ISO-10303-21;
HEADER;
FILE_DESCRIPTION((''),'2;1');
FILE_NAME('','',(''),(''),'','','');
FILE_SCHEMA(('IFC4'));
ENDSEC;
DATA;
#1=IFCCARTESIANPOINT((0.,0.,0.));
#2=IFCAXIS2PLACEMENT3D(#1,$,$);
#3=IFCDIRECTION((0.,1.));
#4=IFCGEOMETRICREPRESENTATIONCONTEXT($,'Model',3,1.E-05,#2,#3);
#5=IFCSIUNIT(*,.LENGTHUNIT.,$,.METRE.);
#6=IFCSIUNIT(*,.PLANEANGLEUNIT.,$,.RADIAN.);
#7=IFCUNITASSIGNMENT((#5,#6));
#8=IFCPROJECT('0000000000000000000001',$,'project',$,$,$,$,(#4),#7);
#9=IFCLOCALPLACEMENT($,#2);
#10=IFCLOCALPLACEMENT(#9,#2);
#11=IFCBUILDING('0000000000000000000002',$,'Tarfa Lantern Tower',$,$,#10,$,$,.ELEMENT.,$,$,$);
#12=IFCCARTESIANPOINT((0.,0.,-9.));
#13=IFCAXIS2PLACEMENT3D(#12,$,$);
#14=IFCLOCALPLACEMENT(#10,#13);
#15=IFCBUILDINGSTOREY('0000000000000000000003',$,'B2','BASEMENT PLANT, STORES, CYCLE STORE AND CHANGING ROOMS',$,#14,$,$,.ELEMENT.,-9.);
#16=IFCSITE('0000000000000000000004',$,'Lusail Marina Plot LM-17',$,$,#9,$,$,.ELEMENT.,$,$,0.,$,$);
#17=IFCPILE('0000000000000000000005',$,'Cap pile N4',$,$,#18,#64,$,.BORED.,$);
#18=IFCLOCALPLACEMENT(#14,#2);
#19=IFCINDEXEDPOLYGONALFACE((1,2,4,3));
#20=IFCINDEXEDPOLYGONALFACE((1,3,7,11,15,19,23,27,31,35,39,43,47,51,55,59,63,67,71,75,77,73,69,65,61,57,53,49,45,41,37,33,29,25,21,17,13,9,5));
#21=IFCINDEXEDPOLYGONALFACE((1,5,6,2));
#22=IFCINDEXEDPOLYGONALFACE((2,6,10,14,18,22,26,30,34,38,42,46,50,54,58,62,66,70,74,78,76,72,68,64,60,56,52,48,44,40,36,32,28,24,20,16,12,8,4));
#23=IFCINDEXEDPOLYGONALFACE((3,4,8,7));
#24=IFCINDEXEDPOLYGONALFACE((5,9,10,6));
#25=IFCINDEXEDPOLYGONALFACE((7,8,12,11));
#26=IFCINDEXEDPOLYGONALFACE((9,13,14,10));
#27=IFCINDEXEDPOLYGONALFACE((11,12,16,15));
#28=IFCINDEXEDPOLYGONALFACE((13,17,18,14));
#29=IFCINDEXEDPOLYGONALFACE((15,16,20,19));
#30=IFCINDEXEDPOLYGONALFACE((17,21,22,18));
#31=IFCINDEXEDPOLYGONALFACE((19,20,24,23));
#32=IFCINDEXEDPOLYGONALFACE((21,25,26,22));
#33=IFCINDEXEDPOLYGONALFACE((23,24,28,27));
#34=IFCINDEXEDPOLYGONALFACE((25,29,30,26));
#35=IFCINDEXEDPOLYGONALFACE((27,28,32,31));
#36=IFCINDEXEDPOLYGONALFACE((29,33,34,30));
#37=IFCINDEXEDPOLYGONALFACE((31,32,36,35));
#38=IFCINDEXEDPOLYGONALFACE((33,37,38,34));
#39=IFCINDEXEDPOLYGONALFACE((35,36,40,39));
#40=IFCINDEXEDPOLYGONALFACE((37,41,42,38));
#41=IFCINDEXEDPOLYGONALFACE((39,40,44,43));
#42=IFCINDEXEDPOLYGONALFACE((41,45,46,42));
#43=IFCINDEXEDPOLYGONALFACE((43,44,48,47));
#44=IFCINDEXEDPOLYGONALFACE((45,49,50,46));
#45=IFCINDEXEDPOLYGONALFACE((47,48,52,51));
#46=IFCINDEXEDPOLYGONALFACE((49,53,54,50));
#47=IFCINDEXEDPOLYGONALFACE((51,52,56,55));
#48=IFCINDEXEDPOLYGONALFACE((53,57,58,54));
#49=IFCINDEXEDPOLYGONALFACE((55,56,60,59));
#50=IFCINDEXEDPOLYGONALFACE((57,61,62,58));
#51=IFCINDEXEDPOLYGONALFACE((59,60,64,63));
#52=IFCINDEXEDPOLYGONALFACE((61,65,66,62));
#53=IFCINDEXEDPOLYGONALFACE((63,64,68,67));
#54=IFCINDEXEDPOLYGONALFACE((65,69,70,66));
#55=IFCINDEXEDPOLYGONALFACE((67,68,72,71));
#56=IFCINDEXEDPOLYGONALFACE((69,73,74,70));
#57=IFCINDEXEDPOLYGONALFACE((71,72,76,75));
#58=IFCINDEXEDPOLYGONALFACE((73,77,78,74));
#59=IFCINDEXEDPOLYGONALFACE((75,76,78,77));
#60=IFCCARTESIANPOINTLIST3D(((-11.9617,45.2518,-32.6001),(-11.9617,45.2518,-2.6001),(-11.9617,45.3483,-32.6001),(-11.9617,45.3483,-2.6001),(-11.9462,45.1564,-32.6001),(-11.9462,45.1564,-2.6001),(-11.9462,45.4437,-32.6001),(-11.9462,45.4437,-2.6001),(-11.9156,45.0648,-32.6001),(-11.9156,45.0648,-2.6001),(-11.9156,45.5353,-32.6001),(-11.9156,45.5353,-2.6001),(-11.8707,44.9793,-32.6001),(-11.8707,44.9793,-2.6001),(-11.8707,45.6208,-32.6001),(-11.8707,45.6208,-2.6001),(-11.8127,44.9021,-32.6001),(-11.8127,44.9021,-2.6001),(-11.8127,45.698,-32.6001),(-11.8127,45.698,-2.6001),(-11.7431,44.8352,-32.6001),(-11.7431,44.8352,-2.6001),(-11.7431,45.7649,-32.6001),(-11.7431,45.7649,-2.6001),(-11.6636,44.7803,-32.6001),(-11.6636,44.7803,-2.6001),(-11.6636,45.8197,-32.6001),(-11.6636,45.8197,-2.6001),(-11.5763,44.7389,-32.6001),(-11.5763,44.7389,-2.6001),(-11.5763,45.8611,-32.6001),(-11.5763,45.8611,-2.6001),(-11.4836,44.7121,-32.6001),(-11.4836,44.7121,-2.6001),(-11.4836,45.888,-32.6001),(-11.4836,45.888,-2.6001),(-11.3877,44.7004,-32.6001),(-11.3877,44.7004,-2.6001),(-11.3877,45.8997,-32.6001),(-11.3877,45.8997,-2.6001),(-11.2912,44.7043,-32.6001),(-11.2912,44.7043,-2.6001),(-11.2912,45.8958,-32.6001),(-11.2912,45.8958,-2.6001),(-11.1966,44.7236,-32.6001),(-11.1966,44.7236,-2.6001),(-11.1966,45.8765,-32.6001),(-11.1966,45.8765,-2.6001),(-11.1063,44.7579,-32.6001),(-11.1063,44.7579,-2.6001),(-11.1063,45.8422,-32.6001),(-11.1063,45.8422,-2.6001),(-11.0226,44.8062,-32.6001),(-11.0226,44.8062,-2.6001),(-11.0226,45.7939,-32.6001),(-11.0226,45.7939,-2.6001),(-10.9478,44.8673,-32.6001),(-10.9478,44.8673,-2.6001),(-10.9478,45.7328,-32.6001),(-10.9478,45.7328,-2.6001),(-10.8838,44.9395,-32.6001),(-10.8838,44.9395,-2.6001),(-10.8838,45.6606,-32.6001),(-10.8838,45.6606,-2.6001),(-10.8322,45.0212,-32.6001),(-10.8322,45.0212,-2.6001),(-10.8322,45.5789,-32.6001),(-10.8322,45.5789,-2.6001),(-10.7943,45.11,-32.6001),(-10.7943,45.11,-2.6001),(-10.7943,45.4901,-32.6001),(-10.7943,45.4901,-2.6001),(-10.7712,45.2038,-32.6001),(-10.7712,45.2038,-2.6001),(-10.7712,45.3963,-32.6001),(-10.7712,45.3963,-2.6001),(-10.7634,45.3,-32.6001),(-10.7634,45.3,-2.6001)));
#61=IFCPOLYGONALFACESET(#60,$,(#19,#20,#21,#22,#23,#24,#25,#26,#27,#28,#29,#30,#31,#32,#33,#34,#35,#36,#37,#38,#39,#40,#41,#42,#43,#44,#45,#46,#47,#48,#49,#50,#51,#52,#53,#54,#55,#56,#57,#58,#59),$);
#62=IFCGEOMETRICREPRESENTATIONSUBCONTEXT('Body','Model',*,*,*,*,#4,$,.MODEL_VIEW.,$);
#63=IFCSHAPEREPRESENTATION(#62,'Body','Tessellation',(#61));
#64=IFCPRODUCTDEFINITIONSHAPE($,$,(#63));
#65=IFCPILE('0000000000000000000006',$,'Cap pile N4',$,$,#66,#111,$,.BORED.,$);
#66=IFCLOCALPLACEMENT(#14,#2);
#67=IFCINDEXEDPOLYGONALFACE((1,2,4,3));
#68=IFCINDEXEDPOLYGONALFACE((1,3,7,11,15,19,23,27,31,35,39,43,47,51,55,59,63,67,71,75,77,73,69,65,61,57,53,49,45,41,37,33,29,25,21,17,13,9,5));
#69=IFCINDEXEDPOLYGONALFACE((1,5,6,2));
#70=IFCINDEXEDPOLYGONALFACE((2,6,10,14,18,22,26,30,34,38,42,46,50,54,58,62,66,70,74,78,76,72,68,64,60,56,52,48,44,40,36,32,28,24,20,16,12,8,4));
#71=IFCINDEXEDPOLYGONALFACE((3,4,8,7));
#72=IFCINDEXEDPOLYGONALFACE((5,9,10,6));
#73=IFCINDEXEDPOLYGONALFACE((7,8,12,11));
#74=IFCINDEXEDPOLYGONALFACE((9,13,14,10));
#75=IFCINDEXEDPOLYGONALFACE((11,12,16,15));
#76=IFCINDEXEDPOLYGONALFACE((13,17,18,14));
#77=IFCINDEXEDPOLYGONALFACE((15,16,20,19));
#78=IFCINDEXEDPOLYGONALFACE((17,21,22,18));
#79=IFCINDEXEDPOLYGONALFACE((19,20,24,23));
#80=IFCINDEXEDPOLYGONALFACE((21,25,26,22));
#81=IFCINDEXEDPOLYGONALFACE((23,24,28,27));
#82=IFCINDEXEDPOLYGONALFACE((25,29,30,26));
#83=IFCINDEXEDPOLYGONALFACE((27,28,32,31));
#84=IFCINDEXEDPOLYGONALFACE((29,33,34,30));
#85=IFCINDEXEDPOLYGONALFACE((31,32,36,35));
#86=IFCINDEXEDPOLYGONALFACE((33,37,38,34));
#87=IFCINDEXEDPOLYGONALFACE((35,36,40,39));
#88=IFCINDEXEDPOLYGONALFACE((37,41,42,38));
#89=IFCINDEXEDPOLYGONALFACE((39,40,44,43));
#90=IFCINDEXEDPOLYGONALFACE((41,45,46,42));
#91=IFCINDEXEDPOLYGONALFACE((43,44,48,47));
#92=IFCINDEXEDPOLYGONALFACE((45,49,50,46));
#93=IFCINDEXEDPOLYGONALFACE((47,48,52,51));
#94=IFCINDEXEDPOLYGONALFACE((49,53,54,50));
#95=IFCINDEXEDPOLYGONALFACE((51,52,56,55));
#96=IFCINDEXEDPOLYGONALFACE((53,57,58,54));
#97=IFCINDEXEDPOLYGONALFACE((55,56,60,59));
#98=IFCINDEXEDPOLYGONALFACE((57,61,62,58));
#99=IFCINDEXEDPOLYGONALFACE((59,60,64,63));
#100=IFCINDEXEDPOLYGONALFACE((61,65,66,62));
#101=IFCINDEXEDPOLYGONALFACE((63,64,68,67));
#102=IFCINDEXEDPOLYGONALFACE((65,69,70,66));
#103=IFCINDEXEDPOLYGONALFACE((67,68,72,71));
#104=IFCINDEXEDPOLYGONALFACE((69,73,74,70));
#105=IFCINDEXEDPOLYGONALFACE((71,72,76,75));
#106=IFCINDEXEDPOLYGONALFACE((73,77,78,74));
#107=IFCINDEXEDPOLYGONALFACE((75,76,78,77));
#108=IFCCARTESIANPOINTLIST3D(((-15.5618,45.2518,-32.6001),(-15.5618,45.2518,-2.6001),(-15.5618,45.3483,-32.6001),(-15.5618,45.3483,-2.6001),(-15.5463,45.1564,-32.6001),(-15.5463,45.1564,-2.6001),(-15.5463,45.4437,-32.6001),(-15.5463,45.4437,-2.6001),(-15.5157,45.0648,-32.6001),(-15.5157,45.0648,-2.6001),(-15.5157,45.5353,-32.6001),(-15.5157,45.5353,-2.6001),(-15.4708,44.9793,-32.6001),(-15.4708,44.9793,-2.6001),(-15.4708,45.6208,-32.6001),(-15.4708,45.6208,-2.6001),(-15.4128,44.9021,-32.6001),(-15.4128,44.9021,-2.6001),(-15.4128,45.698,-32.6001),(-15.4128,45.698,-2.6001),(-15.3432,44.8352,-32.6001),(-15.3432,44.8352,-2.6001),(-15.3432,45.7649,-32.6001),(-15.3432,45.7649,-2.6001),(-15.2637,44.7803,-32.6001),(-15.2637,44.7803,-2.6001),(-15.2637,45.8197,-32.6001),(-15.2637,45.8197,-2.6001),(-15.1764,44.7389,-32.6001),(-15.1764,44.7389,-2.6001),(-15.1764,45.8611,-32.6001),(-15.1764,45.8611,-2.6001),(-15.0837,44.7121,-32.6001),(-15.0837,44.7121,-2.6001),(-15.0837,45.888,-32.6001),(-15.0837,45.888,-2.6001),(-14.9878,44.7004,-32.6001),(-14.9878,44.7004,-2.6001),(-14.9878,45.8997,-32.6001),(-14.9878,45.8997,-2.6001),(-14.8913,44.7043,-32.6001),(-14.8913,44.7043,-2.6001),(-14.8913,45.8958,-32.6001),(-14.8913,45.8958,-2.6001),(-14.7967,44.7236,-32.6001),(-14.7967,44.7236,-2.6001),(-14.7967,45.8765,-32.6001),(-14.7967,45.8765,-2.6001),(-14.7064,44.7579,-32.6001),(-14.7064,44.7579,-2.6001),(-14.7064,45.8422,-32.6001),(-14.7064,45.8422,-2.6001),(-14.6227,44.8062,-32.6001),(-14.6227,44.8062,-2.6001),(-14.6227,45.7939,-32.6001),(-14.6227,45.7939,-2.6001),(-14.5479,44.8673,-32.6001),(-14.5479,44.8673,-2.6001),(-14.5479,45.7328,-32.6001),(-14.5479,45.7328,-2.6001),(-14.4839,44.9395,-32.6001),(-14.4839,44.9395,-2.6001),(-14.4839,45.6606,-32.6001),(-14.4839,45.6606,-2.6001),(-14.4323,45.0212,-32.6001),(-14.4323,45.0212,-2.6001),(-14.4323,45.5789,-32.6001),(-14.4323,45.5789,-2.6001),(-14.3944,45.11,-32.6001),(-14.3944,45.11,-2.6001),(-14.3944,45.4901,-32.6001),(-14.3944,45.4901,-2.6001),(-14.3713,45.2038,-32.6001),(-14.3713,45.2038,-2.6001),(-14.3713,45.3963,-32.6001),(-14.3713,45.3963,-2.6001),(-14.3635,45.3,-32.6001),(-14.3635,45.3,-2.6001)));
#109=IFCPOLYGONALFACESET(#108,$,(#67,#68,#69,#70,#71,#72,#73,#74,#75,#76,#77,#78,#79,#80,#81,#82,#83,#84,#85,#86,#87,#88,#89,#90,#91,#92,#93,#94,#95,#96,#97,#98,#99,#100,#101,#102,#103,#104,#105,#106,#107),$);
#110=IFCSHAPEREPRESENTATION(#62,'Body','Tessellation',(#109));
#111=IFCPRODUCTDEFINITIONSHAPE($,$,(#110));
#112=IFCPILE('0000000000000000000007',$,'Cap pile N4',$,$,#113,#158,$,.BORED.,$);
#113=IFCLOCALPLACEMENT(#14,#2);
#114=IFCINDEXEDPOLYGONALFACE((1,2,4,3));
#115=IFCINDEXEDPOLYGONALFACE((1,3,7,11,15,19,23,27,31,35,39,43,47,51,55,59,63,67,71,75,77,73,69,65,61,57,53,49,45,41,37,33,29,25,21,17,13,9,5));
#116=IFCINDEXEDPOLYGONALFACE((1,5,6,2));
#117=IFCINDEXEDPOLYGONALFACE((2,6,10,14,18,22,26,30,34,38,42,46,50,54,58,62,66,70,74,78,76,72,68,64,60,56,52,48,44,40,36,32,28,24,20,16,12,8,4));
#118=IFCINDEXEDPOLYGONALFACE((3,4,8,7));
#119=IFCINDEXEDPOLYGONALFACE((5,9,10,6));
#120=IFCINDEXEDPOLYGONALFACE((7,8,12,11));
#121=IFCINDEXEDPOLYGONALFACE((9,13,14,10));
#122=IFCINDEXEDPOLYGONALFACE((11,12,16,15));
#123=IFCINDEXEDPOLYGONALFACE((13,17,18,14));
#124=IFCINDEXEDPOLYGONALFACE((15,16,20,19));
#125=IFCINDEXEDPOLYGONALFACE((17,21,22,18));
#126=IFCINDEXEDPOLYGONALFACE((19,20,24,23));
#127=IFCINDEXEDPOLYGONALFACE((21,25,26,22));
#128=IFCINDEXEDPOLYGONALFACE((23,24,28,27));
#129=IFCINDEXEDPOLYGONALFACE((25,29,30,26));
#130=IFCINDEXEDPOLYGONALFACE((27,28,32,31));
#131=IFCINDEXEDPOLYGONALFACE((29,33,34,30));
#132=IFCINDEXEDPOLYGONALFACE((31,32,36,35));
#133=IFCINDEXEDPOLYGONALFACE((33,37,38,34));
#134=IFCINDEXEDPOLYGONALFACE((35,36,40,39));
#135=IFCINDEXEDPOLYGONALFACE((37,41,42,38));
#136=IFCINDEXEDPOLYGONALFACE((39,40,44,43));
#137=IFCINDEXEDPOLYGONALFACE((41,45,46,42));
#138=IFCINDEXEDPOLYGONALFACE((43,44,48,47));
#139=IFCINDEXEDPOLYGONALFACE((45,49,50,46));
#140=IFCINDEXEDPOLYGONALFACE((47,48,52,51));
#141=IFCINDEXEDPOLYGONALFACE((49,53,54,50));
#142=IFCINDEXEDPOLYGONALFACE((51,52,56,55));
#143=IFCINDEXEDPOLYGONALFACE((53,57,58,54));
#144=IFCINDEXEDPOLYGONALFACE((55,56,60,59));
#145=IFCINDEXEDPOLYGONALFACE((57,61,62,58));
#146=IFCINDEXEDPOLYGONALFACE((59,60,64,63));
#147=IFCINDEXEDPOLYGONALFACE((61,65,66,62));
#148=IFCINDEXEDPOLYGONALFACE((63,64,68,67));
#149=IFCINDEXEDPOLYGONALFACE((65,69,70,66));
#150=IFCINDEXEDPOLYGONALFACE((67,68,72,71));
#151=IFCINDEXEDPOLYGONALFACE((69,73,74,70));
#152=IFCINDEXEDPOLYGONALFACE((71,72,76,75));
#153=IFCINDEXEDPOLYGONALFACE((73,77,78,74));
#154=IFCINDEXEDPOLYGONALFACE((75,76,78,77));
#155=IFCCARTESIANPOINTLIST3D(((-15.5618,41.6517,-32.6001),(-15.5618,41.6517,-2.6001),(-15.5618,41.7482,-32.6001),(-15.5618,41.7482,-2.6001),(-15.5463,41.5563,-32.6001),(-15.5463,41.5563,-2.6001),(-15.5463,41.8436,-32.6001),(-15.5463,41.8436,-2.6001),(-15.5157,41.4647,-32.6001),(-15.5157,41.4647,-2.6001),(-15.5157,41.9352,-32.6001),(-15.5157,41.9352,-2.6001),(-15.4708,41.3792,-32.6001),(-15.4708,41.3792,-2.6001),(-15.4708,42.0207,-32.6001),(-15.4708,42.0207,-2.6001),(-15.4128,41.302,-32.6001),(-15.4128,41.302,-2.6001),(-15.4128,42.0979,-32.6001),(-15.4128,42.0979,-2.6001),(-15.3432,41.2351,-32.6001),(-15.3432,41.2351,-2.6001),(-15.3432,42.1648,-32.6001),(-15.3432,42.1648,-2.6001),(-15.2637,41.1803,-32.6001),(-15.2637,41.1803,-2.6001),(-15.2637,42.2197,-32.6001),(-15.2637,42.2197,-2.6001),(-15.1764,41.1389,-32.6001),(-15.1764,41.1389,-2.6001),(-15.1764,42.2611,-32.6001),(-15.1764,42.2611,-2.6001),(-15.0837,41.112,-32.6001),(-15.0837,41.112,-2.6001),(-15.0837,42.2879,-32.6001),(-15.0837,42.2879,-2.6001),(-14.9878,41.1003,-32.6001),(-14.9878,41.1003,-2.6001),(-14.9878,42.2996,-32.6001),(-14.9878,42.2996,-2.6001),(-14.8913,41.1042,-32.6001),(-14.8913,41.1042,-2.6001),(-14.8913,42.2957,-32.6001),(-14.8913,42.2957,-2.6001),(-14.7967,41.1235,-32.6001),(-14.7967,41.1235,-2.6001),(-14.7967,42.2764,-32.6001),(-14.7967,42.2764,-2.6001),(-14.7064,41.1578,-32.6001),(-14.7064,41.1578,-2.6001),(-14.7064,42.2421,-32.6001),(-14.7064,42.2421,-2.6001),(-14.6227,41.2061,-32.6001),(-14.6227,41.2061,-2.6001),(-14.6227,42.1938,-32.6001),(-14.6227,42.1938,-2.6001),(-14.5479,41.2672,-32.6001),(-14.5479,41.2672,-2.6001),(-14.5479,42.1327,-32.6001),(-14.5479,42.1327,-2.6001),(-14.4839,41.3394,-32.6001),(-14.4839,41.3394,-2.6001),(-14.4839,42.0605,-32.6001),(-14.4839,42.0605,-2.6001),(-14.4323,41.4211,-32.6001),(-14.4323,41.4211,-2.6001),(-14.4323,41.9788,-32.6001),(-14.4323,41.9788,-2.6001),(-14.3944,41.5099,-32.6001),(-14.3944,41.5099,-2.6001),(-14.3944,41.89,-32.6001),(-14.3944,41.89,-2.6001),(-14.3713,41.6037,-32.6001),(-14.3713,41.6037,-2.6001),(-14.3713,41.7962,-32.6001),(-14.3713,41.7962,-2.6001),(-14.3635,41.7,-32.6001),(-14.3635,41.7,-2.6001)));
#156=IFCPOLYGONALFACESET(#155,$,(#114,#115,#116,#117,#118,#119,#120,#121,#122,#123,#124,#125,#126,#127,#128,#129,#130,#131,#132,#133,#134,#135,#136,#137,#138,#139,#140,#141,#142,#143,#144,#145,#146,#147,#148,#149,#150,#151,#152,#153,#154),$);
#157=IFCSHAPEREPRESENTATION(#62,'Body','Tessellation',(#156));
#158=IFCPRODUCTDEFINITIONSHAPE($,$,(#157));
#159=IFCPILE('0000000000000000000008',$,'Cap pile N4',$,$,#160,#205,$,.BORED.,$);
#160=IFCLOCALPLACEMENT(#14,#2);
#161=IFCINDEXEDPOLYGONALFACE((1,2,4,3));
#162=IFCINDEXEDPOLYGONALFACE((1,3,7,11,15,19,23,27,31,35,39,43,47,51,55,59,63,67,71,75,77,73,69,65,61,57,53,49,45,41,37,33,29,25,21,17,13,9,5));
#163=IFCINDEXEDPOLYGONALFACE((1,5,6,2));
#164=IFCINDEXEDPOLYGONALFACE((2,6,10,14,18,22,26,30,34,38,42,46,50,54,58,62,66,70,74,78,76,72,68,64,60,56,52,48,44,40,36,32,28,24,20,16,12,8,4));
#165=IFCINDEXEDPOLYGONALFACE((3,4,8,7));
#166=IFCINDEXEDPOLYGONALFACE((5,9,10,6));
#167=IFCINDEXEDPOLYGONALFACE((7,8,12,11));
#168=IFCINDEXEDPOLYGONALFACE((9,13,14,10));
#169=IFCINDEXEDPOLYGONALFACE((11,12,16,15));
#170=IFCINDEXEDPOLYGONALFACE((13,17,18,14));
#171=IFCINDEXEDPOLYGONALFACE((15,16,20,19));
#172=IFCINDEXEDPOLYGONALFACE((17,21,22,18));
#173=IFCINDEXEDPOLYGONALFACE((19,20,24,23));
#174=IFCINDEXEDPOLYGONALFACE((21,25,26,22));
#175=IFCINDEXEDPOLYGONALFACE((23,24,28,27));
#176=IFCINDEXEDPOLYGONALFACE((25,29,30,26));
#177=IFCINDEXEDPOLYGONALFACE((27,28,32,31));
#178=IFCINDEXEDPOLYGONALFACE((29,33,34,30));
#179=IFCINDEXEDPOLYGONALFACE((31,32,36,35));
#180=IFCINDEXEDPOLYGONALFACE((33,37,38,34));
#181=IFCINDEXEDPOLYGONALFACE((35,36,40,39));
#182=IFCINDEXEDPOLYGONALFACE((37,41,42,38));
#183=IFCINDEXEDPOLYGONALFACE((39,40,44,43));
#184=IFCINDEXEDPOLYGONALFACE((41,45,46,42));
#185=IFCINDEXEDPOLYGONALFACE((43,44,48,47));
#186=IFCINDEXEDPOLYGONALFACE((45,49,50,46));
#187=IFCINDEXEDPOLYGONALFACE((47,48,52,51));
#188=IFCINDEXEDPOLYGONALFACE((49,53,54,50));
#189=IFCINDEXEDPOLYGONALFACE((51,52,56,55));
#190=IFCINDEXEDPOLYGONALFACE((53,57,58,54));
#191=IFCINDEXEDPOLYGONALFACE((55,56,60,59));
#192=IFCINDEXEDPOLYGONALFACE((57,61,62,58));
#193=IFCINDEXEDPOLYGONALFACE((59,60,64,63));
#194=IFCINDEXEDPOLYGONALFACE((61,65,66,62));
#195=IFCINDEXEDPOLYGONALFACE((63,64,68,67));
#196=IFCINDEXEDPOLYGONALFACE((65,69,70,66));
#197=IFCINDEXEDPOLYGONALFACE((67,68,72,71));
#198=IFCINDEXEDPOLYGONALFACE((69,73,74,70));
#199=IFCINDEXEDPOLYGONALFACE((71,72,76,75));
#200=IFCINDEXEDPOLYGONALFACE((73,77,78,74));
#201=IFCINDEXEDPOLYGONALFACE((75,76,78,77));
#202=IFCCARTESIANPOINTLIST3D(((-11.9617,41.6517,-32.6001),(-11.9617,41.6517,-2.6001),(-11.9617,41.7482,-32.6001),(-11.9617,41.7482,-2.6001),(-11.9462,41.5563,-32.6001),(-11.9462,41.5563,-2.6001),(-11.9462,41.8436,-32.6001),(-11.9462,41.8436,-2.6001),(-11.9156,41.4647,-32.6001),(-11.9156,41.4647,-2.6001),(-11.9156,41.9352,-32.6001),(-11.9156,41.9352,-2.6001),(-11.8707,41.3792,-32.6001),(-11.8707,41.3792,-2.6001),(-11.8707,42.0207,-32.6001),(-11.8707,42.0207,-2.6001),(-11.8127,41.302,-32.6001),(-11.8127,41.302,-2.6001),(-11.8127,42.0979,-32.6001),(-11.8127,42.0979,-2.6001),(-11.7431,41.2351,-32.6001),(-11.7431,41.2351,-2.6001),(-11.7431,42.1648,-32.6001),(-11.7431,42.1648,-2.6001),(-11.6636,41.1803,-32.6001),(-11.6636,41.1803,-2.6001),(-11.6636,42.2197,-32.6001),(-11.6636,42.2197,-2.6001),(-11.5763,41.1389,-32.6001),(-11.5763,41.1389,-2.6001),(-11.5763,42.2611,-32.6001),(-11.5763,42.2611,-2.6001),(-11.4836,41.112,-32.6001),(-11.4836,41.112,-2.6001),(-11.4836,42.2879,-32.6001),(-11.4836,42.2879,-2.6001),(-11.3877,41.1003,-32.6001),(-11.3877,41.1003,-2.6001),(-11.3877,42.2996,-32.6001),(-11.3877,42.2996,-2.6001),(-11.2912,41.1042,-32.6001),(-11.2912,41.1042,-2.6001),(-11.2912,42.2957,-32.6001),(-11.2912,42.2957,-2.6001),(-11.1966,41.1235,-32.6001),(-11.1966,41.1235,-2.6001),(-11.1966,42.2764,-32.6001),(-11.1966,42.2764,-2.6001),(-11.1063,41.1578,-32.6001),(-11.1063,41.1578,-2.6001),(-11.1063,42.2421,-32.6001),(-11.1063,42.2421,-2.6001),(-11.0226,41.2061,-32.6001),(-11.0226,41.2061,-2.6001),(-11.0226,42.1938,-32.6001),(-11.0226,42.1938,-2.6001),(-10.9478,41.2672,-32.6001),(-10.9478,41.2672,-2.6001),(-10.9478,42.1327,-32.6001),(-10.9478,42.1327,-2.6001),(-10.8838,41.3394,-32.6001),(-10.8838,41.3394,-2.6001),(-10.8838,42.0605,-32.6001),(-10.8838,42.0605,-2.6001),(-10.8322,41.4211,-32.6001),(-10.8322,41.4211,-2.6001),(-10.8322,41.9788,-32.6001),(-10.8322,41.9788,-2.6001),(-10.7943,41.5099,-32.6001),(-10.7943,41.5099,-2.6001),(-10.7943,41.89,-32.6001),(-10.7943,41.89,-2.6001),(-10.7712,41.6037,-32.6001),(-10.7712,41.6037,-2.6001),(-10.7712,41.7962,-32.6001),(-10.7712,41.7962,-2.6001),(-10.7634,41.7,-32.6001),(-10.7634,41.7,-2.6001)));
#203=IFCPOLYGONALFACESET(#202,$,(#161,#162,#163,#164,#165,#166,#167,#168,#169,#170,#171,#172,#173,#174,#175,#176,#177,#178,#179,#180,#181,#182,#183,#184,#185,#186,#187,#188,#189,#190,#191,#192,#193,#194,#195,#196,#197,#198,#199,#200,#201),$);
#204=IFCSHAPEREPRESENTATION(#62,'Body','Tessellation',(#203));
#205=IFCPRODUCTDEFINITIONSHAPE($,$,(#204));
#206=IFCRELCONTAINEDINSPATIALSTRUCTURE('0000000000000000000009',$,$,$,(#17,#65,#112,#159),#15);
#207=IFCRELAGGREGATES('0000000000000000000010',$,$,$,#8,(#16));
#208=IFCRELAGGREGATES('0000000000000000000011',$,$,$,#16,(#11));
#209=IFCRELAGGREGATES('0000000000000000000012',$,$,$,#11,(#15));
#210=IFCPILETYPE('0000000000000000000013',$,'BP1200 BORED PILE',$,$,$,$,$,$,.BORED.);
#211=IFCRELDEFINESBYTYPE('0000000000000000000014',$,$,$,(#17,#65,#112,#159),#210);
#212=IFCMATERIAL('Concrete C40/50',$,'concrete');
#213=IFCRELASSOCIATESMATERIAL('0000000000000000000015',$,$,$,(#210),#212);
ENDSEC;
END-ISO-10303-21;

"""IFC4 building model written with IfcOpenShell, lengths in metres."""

from ifc_helpers import new_model, si_unit, direction, frame, origin, origin_2d, place, context, subcontext, project, spatial, circle, extrude, material, material_profile, profile_set, type_object, element, save


model = new_model("IFC4")

# Units and contexts
model_context = context("Model", 3, precision=1e-05, world=origin(), true_north=direction((0.0, 1.0)))
body_context = subcontext(model_context, "Body", "Model", "MODEL_VIEW")
ifc_project = project(units=[si_unit("LENGTHUNIT", "METRE"), si_unit("PLANEANGLEUNIT", "RADIAN")], contexts=[model_context])

# Site, building, storey
site_placement = place(None, origin())
site = spatial("IfcSite", under=ifc_project, at=site_placement, Name="Lusail Marina Plot LM-17", CompositionType="ELEMENT", RefElevation=0.0)
building_placement = place(site_placement, origin())
building = spatial("IfcBuilding", under=site, at=building_placement, Name="Tarfa Lantern Tower", CompositionType="ELEMENT")
storey_placement = place(building_placement, frame((0.0, 0.0, -9.0)))
storey = spatial("IfcBuildingStorey", under=building, at=storey_placement, Name="B2", Description="BASEMENT PLANT, STORES, CYCLE STORE AND CHANGING ROOMS", CompositionType="ELEMENT", Elevation=-9.0)

# Piles
ifc_material_1 = material(Name="Concrete C40/50", Category="concrete")
ifc_material_profile_1 = material_profile(ifc_material_1, circle(Radius=0.6001, at=origin_2d()), Name="BORED PILE D1200")
ifc_profile_set_1 = profile_set([ifc_material_profile_1], Name="Concrete C40/50")
pile_type_1 = type_object("IfcPileType", Name="BP1200 BORED PILE", PredefinedType="BORED", material=ifc_profile_set_1)
for number, where, z_axis, x_axis, name in (
    (1, (-11.3635, 45.3, -2.6001), (0.0, 0.0, -1.0), (1.0, 0.0, 0.0), "Cap pile N4"),
    (2, (-14.9636, 45.3, -2.6001), (0.0, 0.0, -1.0), (1.0, 0.0, 0.0), "Cap pile N4"),
    (3, (-14.9636, 41.7, -2.6001), (0.0, 0.0, -1.0), (1.0, 0.0, 0.0), "Cap pile N4"),
    (4, (-11.3635, 41.7, -2.6001), (0.0, 0.0, -1.0), (1.0, 0.0, 0.0), "Cap pile N4"),
):
    element("IfcPile", number, at=place(storey_placement, frame(where, z_axis=z_axis, x_axis=x_axis)), inside=storey, type_object=pile_type_1, Name=name, PredefinedType="BORED", context=body_context, shape_type="SweptSolid", body=[
        extrude(circle(Radius=0.6001, at=origin_2d()), origin(), (0.0, 0.0, 1.0), 30.0),
    ])

save(model, "model.ifc")
